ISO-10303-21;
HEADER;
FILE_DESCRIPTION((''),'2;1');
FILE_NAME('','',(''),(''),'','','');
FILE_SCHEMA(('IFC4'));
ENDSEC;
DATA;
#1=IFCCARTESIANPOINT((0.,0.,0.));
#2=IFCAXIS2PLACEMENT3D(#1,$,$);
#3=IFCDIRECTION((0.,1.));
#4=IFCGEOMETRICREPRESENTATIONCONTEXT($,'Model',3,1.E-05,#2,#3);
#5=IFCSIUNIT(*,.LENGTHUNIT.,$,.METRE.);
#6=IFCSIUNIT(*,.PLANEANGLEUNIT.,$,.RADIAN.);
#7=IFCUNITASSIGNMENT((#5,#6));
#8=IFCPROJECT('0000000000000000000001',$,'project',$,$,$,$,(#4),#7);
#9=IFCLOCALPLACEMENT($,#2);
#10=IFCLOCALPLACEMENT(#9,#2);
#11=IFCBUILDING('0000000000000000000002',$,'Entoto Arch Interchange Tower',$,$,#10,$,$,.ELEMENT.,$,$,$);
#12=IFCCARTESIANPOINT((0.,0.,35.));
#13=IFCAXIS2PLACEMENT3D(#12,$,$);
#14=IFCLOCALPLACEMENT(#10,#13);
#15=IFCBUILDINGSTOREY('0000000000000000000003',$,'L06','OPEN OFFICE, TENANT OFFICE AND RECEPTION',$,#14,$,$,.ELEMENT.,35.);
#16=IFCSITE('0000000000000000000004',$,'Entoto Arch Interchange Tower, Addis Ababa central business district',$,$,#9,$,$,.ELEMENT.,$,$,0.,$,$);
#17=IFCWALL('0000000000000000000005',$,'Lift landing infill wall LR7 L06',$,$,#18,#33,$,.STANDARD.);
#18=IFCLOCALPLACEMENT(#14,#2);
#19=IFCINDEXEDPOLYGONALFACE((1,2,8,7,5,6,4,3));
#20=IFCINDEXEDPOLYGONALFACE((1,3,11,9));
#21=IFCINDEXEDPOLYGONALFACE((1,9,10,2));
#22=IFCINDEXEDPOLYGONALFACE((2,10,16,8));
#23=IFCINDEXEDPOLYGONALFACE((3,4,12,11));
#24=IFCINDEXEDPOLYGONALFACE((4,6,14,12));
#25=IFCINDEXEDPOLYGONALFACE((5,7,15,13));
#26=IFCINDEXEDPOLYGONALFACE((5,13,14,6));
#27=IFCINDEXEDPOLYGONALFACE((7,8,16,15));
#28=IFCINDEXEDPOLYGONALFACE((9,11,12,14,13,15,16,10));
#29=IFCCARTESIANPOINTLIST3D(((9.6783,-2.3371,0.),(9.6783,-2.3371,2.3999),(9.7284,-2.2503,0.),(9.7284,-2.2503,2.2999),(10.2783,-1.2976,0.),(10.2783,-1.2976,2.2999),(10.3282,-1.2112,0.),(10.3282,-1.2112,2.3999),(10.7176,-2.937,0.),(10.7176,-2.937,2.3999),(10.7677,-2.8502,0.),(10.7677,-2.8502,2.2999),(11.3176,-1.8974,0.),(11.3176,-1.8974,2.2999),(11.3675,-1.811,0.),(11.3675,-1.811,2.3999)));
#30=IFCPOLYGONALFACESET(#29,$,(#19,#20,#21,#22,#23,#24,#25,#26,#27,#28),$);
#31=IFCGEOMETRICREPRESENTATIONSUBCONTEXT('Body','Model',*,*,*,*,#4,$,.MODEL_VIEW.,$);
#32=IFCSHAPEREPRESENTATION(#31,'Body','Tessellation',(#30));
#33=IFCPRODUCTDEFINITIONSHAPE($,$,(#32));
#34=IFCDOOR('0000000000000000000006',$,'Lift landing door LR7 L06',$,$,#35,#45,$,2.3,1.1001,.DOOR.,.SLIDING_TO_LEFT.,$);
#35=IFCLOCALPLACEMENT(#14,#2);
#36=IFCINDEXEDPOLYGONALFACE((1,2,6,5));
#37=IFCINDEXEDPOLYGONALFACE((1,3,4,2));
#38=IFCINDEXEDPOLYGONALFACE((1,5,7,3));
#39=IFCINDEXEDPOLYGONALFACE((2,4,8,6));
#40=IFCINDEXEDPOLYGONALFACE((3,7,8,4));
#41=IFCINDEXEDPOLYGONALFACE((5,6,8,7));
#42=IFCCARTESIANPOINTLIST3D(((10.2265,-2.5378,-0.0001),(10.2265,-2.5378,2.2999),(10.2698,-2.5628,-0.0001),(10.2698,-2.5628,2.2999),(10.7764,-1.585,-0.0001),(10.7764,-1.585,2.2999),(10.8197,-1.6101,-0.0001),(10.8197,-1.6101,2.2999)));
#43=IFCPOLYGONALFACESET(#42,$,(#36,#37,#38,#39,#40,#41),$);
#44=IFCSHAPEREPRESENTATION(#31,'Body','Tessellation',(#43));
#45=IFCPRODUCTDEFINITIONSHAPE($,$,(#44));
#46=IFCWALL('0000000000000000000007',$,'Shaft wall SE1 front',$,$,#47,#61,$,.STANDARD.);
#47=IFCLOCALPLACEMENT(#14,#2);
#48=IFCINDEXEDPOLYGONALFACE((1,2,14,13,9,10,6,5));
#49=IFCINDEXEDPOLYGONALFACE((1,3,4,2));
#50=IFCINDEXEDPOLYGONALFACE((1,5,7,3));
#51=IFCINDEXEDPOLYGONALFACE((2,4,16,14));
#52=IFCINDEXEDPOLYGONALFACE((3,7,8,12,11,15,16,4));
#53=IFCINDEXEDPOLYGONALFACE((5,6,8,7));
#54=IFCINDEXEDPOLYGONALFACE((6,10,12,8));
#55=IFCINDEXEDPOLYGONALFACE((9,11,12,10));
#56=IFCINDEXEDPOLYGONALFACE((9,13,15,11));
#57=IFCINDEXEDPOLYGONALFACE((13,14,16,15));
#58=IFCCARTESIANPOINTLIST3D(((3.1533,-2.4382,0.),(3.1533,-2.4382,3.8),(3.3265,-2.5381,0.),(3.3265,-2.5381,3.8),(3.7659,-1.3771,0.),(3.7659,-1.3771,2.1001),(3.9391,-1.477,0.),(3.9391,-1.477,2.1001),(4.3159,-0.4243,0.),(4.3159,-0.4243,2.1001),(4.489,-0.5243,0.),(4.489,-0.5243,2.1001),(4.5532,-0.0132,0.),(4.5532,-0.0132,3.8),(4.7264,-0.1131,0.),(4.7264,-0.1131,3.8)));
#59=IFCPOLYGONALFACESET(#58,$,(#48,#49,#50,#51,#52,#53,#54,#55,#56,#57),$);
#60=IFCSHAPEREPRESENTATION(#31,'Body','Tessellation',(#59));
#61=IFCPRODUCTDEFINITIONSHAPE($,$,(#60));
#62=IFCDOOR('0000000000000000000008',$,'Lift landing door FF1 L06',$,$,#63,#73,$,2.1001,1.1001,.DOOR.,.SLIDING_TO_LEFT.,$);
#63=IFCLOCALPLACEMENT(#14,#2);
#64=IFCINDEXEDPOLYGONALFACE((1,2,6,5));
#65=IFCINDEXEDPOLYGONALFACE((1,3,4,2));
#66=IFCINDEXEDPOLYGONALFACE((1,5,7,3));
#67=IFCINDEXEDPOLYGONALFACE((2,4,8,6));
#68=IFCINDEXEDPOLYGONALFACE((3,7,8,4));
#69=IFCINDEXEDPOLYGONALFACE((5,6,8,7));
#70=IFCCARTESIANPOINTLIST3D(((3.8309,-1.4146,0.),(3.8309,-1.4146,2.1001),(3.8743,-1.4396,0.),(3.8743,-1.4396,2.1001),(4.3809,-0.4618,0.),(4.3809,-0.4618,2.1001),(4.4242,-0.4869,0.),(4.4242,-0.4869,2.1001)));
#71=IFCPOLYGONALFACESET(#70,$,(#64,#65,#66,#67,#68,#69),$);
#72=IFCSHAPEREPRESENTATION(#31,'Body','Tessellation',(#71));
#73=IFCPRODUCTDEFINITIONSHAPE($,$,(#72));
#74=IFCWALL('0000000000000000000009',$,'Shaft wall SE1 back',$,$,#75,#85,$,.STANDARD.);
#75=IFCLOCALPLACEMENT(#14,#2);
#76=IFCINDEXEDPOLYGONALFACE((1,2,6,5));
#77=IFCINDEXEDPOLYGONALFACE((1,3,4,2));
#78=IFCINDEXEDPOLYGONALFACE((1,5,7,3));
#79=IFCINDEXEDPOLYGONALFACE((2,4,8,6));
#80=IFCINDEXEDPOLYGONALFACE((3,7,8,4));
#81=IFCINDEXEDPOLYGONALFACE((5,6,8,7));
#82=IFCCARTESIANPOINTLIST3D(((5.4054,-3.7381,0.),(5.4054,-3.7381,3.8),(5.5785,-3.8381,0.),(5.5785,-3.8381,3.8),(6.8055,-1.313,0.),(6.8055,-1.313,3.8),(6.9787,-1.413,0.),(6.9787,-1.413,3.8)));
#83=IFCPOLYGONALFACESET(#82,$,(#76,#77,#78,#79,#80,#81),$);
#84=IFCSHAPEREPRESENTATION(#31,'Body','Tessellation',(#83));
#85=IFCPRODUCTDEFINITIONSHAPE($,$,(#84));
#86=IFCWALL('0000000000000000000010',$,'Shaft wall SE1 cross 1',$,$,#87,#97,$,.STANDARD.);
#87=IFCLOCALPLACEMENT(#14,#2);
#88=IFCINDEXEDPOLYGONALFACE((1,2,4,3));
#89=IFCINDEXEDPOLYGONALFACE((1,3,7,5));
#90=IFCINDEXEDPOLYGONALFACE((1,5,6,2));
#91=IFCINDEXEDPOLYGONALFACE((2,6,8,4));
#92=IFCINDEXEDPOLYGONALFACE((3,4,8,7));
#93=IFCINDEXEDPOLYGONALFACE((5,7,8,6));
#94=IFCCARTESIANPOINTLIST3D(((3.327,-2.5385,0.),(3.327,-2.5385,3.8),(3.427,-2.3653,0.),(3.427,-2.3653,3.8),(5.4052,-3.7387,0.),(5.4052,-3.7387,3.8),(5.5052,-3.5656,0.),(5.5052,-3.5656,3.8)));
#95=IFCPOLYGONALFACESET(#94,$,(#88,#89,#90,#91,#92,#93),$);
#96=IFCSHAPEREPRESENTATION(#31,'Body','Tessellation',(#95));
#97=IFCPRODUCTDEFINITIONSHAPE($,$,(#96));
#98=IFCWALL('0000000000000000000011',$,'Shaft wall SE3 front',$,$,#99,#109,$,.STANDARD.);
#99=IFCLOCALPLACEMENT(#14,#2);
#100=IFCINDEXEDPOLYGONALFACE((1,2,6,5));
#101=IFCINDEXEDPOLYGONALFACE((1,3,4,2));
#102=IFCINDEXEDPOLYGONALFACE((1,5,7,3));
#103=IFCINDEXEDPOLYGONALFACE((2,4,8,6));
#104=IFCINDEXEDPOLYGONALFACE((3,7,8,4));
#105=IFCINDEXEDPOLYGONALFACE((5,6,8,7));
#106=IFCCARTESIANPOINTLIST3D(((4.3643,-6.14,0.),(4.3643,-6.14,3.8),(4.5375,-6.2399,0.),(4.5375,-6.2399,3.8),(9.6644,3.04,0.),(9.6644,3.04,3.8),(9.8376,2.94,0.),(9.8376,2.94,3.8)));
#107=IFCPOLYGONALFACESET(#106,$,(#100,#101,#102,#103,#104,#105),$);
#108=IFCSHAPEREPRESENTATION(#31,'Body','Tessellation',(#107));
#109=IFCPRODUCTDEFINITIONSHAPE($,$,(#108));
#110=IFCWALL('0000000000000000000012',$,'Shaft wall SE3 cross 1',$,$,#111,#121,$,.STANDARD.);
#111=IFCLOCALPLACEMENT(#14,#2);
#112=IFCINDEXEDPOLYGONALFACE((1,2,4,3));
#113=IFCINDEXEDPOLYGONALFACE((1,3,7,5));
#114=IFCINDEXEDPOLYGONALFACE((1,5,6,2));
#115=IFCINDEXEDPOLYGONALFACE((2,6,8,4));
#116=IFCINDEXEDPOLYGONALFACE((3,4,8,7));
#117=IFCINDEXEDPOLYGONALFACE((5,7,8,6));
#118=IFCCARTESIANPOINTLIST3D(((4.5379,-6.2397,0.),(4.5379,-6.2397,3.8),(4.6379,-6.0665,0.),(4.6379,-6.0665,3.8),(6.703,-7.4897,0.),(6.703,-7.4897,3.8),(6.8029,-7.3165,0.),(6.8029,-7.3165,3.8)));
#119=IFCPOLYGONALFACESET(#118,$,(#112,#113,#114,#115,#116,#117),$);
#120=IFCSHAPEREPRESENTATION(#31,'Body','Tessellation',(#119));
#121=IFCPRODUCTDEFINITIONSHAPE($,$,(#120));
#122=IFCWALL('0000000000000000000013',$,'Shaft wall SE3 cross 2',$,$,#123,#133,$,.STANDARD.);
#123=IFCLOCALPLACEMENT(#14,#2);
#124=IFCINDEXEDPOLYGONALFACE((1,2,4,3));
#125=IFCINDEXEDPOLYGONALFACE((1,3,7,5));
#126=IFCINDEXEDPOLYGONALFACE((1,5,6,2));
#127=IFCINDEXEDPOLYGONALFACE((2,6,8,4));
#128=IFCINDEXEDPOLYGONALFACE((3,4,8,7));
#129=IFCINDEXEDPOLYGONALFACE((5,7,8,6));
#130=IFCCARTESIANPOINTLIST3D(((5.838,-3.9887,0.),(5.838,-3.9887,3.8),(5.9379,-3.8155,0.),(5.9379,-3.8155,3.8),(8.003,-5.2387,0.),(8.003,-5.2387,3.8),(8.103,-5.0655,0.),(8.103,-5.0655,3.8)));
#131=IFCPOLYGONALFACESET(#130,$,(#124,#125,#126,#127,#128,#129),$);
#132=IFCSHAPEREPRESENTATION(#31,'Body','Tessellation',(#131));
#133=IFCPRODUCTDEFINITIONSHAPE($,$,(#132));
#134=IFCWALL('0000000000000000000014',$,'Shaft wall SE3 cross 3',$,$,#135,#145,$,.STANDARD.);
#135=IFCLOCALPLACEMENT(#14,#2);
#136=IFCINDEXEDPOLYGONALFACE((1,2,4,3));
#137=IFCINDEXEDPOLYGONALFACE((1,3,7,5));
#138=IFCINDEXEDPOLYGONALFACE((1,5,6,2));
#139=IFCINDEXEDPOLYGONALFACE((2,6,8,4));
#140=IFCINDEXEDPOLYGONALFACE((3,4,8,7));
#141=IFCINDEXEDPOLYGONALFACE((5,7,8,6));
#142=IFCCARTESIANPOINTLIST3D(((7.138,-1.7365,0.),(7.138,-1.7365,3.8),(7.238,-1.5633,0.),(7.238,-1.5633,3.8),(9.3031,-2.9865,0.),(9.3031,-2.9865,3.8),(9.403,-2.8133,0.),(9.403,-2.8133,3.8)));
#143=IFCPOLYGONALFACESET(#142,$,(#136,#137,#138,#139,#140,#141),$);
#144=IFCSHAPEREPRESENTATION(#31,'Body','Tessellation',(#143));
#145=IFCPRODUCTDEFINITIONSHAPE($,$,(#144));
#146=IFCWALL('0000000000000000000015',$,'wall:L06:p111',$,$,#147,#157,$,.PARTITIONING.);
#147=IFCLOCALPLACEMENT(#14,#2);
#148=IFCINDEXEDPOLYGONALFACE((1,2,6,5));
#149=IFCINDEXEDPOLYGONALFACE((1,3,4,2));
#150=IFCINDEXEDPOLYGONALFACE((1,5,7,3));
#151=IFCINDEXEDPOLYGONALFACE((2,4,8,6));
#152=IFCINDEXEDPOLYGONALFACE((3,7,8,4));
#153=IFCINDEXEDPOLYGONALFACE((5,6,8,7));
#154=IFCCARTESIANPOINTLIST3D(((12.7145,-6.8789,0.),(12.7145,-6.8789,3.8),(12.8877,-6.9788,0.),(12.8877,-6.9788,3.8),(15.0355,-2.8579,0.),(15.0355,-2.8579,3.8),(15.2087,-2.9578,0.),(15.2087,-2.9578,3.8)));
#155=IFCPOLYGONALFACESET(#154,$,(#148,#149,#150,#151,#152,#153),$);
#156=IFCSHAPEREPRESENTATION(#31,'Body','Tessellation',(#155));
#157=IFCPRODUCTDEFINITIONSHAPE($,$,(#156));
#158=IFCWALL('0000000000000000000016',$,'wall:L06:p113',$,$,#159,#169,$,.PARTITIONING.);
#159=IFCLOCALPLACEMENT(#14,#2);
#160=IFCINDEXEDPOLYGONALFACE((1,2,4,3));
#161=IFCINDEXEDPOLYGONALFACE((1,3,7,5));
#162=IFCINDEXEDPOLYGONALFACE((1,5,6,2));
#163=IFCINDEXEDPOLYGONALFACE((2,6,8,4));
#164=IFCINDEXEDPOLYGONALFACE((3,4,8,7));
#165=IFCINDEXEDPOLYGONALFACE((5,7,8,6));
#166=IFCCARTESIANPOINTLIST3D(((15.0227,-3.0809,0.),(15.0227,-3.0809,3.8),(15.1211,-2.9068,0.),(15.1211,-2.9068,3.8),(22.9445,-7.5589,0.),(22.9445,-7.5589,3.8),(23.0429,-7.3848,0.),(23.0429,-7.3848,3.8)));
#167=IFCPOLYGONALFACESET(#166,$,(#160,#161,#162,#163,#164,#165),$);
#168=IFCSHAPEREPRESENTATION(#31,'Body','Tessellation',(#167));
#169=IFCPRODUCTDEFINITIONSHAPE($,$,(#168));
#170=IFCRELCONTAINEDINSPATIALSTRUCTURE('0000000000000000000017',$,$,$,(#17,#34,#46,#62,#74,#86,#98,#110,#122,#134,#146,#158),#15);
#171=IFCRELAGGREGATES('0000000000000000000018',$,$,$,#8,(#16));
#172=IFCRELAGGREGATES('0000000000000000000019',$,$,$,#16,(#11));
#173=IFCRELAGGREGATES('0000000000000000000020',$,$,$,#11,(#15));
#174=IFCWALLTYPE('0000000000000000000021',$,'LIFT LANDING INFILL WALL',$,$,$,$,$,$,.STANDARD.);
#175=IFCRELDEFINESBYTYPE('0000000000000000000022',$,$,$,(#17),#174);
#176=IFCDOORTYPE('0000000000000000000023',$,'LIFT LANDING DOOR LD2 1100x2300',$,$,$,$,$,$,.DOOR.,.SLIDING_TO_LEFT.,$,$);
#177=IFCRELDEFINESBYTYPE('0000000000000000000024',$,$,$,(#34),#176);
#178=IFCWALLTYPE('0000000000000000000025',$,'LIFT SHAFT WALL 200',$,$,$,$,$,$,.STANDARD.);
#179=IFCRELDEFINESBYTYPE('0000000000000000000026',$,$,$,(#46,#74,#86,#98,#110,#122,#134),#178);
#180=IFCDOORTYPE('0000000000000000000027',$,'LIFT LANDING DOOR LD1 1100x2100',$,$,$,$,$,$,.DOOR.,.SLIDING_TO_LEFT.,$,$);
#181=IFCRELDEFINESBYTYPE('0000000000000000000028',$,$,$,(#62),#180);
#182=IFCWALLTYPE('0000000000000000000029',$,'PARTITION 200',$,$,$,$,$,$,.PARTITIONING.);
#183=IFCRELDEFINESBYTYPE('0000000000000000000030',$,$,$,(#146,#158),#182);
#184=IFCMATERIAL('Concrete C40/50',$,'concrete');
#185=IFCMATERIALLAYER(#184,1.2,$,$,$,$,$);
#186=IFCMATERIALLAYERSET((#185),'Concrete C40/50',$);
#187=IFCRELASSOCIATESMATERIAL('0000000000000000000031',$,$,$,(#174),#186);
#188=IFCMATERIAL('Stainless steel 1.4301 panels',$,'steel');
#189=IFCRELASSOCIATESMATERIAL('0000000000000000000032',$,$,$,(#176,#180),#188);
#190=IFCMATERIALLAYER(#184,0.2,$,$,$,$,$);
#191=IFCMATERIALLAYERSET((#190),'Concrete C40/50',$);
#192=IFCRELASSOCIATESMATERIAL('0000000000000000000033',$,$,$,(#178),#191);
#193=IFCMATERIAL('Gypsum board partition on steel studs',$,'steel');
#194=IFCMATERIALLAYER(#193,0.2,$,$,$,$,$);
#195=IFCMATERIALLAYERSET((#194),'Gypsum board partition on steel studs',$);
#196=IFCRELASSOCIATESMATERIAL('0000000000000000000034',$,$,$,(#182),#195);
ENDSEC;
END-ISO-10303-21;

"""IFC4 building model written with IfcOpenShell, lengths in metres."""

from ifc_helpers import new_model, si_unit, direction, frame, frame_2d, origin, place, context, subcontext, project, spatial, rectangle, extrude, material, layer, layer_set, type_object, element, fill, save


model = new_model("IFC4")

# Units and contexts
model_context = context("Model", 3, precision=1e-05, world=origin(), true_north=direction((0.0, 1.0)))
body_context = subcontext(model_context, "Body", "Model", "MODEL_VIEW")
ifc_project = project(units=[si_unit("LENGTHUNIT", "METRE"), si_unit("PLANEANGLEUNIT", "RADIAN")], contexts=[model_context])

# Site, building, storey
site_placement = place(None, origin())
site = spatial("IfcSite", under=ifc_project, at=site_placement, Name="Entoto Arch Interchange Tower, Addis Ababa central business district", CompositionType="ELEMENT", RefElevation=0.0)
building_placement = place(site_placement, origin())
building = spatial("IfcBuilding", under=site, at=building_placement, Name="Entoto Arch Interchange Tower", CompositionType="ELEMENT")
storey_placement = place(building_placement, frame((0.0, 0.0, 35.0)))
storey = spatial("IfcBuildingStorey", under=building, at=storey_placement, Name="L06", Description="OPEN OFFICE, TENANT OFFICE AND RECEPTION", CompositionType="ELEMENT", Elevation=35.0)

# Walls, openings, doors
ifc_material_1 = material(Name="Concrete C40/50", Category="concrete")
ifc_layer_1 = layer(ifc_material_1, 1.2)
ifc_layer_set_1 = layer_set([ifc_layer_1], Name="Concrete C40/50")
wall_type_1 = type_object("IfcWallType", Name="LIFT LANDING INFILL WALL", PredefinedType="STANDARD", material=ifc_layer_set_1)
ifc_material_2 = material(Name="Stainless steel 1.4301 panels", Category="steel")
door_type_1 = type_object("IfcDoorType", Name="LIFT LANDING DOOR LD2 1100x2300", OperationType="SLIDING_TO_LEFT", PredefinedType="DOOR", material=ifc_material_2)
wall_1_placement = place(storey_placement, frame((10.198, -2.637, 0.0), z_axis=(0.0, 0.0, 1.0), x_axis=(0.499896, 0.866086, 0.0)))
wall_1 = element("IfcWall", 1, at=wall_1_placement, inside=storey, type_object=wall_type_1, Name="Lift landing infill wall LR7 L06", PredefinedType="STANDARD", context=body_context, shape_type="SweptSolid", body=[
    extrude(rectangle(XDim=1.3, YDim=1.2, at=frame_2d((0.6499, 0.0))), origin(), (0.0, 0.0, 1.0), 2.3999),
])
opening_1_placement = place(wall_1_placement, frame((0.1001, 0.0, 0.0)))
opening_1 = element("IfcOpeningElement", 2, at=opening_1_placement, cuts=wall_1, PredefinedType="OPENING", context=body_context, shape_type="SweptSolid", body=[
    extrude(rectangle(XDim=1.1001, YDim=2.3, at=frame_2d((0.55, 1.1499))), frame((0.0, 0.6099, 0.0), z_axis=(0.0, -1.0, 0.0), x_axis=(1.0, 0.0, 0.0)), (0.0, 0.0, 1.0), 1.22),
])
door_1_placement = place(opening_1_placement, origin())
door_1 = element("IfcDoor", 3, at=door_1_placement, inside=storey, type_object=door_type_1, Name="Lift landing door LR7 L06", OperationType="SLIDING_TO_LEFT", OverallHeight=2.3, OverallWidth=1.1001, PredefinedType="DOOR", context=body_context, shape_type="SweptSolid", body=[
    extrude(rectangle(XDim=1.1001, YDim=2.3, at=frame_2d((0.55, 1.1499))), frame((0.0, 0.0249, 0.0), z_axis=(0.0, -1.0, 0.0), x_axis=(1.0, 0.0, 0.0)), (0.0, 0.0, 1.0), 0.05),
])
fill(opening_1, door_1)
ifc_layer_2 = layer(ifc_material_1, 0.2)
ifc_layer_set_2 = layer_set([ifc_layer_2], Name="Concrete C40/50")
wall_type_2 = type_object("IfcWallType", Name="LIFT SHAFT WALL 200", PredefinedType="STANDARD", material=ifc_layer_set_2)
wall_2_placement = place(storey_placement, frame((3.24, -2.488, 0.0), z_axis=(0.0, 0.0, 1.0), x_axis=(0.499946, 0.866056, 0.0)))
wall_2 = element("IfcWall", 4, at=wall_2_placement, inside=storey, type_object=wall_type_2, Name="Shaft wall SE1 front", PredefinedType="STANDARD", context=body_context, shape_type="SweptSolid", body=[
    extrude(rectangle(XDim=2.8, YDim=0.2, at=frame_2d((1.3999, 0.0))), origin(), (0.0, 0.0, 1.0), 3.8),
])
opening_2_placement = place(wall_2_placement, frame((1.2251, 0.0, 0.0)))
opening_2 = element("IfcOpeningElement", 5, at=opening_2_placement, cuts=wall_2, PredefinedType="OPENING", context=body_context, shape_type="SweptSolid", body=[
    extrude(rectangle(XDim=1.1001, YDim=2.1001, at=frame_2d((0.55, 1.05))), frame((0.0, 0.1099, 0.0), z_axis=(0.0, -1.0, 0.0), x_axis=(1.0, 0.0, 0.0)), (0.0, 0.0, 1.0), 0.22),
])
door_type_2 = type_object("IfcDoorType", Name="LIFT LANDING DOOR LD1 1100x2100", OperationType="SLIDING_TO_LEFT", PredefinedType="DOOR", material=ifc_material_2)
door_2_placement = place(opening_2_placement, origin())
door_2 = element("IfcDoor", 6, at=door_2_placement, inside=storey, type_object=door_type_2, Name="Lift landing door FF1 L06", OperationType="SLIDING_TO_LEFT", OverallHeight=2.1001, OverallWidth=1.1001, PredefinedType="DOOR", context=body_context, shape_type="SweptSolid", body=[
    extrude(rectangle(XDim=1.1001, YDim=2.1001, at=frame_2d((0.55, 1.05))), frame((0.0, 0.0249, 0.0), z_axis=(0.0, -1.0, 0.0), x_axis=(1.0, 0.0, 0.0)), (0.0, 0.0, 1.0), 0.05),
])
fill(opening_2, door_2)

# Walls
wall_3_placement = place(storey_placement, frame((5.4919, -3.7881, 0.0), z_axis=(0.0, 0.0, 1.0), x_axis=(0.500012, 0.866019, 0.0)))
element("IfcWall", 7, at=wall_3_placement, inside=storey, type_object=wall_type_2, Name="Shaft wall SE1 back", PredefinedType="STANDARD", context=body_context, shape_type="SweptSolid", body=[
    extrude(rectangle(XDim=2.8003, YDim=0.2, at=frame_2d((1.4001, 0.0))), origin(), (0.0, 0.0, 1.0), 3.8),
])
wall_4_placement = place(storey_placement, frame((3.377, -2.4519, 0.0), z_axis=(0.0, 0.0, 1.0), x_axis=(0.865955, -0.500122, 0.0)))
element("IfcWall", 8, at=wall_4_placement, inside=storey, type_object=wall_type_2, Name="Shaft wall SE1 cross 1", PredefinedType="STANDARD", context=body_context, shape_type="SweptSolid", body=[
    extrude(rectangle(XDim=2.3999, YDim=0.2, at=frame_2d((1.2, 0.0))), origin(), (0.0, 0.0, 1.0), 3.8),
])
wall_5_placement = place(storey_placement, frame((4.4509, -6.1899, 0.0), z_axis=(0.0, 0.0, 1.0), x_axis=(0.500001, 0.866025, 0.0)))
element("IfcWall", 9, at=wall_5_placement, inside=storey, type_object=wall_type_2, Name="Shaft wall SE3 front", PredefinedType="STANDARD", context=body_context, shape_type="SweptSolid", body=[
    extrude(rectangle(XDim=10.6001, YDim=0.2, at=frame_2d((5.3, 0.0))), origin(), (0.0, 0.0, 1.0), 3.8),
])
for number, where, z_axis, x_axis, name in (
    (10, (4.5879, -6.1531, 0.0), (0.0, 0.0, 1.0), (0.866023, -0.500004, 0.0), "Shaft wall SE3 cross 1"),
    (11, (5.8879, -3.9021, 0.0), (0.0, 0.0, 1.0), (0.866023, -0.500004, 0.0), "Shaft wall SE3 cross 2"),
    (12, (7.188, -1.6499, 0.0), (0.0, 0.0, 1.0), (0.866023, -0.500004, 0.0), "Shaft wall SE3 cross 3"),
):
    element("IfcWall", number, at=place(storey_placement, frame(where, z_axis=z_axis, x_axis=x_axis)), inside=storey, type_object=wall_type_2, Name=name, PredefinedType="STANDARD", context=body_context, shape_type="SweptSolid", body=[
        extrude(rectangle(XDim=2.5, YDim=0.2, at=frame_2d((1.25, 0.0))), origin(), (0.0, 0.0, 1.0), 3.8),
    ])
ifc_material_3 = material(Name="Gypsum board partition on steel studs", Category="steel")
ifc_layer_3 = layer(ifc_material_3, 0.2)
ifc_layer_set_3 = layer_set([ifc_layer_3], Name="Gypsum board partition on steel studs")
wall_type_3 = type_object("IfcWallType", Name="PARTITION 200", PredefinedType="PARTITIONING", material=ifc_layer_set_3)
wall_6_placement = place(storey_placement, frame((15.1221, -2.908, 0.0), z_axis=(0.0, 0.0, 1.0), x_axis=(-0.499923, -0.86607, 0.0)))
element("IfcWall", 13, at=wall_6_placement, inside=storey, type_object=wall_type_3, Name="wall:L06:p111", PredefinedType="PARTITIONING", context=body_context, shape_type="SweptSolid", body=[
    extrude(rectangle(XDim=4.6428, YDim=0.2, at=frame_2d((2.3213, 0.0))), origin(), (0.0, 0.0, 1.0), 3.8),
])
wall_7_placement = place(storey_placement, frame((15.072, -2.9939, 0.0), z_axis=(0.0, 0.0, 1.0), x_axis=(0.870542, -0.492094, 0.0)))
element("IfcWall", 14, at=wall_7_placement, inside=storey, type_object=wall_type_3, Name="wall:L06:p113", PredefinedType="PARTITIONING", context=body_context, shape_type="SweptSolid", body=[
    extrude(rectangle(XDim=9.0999, YDim=0.2, at=frame_2d((4.5498, 0.0))), origin(), (0.0, 0.0, 1.0), 3.8),
])

save(model, "model.ifc")
